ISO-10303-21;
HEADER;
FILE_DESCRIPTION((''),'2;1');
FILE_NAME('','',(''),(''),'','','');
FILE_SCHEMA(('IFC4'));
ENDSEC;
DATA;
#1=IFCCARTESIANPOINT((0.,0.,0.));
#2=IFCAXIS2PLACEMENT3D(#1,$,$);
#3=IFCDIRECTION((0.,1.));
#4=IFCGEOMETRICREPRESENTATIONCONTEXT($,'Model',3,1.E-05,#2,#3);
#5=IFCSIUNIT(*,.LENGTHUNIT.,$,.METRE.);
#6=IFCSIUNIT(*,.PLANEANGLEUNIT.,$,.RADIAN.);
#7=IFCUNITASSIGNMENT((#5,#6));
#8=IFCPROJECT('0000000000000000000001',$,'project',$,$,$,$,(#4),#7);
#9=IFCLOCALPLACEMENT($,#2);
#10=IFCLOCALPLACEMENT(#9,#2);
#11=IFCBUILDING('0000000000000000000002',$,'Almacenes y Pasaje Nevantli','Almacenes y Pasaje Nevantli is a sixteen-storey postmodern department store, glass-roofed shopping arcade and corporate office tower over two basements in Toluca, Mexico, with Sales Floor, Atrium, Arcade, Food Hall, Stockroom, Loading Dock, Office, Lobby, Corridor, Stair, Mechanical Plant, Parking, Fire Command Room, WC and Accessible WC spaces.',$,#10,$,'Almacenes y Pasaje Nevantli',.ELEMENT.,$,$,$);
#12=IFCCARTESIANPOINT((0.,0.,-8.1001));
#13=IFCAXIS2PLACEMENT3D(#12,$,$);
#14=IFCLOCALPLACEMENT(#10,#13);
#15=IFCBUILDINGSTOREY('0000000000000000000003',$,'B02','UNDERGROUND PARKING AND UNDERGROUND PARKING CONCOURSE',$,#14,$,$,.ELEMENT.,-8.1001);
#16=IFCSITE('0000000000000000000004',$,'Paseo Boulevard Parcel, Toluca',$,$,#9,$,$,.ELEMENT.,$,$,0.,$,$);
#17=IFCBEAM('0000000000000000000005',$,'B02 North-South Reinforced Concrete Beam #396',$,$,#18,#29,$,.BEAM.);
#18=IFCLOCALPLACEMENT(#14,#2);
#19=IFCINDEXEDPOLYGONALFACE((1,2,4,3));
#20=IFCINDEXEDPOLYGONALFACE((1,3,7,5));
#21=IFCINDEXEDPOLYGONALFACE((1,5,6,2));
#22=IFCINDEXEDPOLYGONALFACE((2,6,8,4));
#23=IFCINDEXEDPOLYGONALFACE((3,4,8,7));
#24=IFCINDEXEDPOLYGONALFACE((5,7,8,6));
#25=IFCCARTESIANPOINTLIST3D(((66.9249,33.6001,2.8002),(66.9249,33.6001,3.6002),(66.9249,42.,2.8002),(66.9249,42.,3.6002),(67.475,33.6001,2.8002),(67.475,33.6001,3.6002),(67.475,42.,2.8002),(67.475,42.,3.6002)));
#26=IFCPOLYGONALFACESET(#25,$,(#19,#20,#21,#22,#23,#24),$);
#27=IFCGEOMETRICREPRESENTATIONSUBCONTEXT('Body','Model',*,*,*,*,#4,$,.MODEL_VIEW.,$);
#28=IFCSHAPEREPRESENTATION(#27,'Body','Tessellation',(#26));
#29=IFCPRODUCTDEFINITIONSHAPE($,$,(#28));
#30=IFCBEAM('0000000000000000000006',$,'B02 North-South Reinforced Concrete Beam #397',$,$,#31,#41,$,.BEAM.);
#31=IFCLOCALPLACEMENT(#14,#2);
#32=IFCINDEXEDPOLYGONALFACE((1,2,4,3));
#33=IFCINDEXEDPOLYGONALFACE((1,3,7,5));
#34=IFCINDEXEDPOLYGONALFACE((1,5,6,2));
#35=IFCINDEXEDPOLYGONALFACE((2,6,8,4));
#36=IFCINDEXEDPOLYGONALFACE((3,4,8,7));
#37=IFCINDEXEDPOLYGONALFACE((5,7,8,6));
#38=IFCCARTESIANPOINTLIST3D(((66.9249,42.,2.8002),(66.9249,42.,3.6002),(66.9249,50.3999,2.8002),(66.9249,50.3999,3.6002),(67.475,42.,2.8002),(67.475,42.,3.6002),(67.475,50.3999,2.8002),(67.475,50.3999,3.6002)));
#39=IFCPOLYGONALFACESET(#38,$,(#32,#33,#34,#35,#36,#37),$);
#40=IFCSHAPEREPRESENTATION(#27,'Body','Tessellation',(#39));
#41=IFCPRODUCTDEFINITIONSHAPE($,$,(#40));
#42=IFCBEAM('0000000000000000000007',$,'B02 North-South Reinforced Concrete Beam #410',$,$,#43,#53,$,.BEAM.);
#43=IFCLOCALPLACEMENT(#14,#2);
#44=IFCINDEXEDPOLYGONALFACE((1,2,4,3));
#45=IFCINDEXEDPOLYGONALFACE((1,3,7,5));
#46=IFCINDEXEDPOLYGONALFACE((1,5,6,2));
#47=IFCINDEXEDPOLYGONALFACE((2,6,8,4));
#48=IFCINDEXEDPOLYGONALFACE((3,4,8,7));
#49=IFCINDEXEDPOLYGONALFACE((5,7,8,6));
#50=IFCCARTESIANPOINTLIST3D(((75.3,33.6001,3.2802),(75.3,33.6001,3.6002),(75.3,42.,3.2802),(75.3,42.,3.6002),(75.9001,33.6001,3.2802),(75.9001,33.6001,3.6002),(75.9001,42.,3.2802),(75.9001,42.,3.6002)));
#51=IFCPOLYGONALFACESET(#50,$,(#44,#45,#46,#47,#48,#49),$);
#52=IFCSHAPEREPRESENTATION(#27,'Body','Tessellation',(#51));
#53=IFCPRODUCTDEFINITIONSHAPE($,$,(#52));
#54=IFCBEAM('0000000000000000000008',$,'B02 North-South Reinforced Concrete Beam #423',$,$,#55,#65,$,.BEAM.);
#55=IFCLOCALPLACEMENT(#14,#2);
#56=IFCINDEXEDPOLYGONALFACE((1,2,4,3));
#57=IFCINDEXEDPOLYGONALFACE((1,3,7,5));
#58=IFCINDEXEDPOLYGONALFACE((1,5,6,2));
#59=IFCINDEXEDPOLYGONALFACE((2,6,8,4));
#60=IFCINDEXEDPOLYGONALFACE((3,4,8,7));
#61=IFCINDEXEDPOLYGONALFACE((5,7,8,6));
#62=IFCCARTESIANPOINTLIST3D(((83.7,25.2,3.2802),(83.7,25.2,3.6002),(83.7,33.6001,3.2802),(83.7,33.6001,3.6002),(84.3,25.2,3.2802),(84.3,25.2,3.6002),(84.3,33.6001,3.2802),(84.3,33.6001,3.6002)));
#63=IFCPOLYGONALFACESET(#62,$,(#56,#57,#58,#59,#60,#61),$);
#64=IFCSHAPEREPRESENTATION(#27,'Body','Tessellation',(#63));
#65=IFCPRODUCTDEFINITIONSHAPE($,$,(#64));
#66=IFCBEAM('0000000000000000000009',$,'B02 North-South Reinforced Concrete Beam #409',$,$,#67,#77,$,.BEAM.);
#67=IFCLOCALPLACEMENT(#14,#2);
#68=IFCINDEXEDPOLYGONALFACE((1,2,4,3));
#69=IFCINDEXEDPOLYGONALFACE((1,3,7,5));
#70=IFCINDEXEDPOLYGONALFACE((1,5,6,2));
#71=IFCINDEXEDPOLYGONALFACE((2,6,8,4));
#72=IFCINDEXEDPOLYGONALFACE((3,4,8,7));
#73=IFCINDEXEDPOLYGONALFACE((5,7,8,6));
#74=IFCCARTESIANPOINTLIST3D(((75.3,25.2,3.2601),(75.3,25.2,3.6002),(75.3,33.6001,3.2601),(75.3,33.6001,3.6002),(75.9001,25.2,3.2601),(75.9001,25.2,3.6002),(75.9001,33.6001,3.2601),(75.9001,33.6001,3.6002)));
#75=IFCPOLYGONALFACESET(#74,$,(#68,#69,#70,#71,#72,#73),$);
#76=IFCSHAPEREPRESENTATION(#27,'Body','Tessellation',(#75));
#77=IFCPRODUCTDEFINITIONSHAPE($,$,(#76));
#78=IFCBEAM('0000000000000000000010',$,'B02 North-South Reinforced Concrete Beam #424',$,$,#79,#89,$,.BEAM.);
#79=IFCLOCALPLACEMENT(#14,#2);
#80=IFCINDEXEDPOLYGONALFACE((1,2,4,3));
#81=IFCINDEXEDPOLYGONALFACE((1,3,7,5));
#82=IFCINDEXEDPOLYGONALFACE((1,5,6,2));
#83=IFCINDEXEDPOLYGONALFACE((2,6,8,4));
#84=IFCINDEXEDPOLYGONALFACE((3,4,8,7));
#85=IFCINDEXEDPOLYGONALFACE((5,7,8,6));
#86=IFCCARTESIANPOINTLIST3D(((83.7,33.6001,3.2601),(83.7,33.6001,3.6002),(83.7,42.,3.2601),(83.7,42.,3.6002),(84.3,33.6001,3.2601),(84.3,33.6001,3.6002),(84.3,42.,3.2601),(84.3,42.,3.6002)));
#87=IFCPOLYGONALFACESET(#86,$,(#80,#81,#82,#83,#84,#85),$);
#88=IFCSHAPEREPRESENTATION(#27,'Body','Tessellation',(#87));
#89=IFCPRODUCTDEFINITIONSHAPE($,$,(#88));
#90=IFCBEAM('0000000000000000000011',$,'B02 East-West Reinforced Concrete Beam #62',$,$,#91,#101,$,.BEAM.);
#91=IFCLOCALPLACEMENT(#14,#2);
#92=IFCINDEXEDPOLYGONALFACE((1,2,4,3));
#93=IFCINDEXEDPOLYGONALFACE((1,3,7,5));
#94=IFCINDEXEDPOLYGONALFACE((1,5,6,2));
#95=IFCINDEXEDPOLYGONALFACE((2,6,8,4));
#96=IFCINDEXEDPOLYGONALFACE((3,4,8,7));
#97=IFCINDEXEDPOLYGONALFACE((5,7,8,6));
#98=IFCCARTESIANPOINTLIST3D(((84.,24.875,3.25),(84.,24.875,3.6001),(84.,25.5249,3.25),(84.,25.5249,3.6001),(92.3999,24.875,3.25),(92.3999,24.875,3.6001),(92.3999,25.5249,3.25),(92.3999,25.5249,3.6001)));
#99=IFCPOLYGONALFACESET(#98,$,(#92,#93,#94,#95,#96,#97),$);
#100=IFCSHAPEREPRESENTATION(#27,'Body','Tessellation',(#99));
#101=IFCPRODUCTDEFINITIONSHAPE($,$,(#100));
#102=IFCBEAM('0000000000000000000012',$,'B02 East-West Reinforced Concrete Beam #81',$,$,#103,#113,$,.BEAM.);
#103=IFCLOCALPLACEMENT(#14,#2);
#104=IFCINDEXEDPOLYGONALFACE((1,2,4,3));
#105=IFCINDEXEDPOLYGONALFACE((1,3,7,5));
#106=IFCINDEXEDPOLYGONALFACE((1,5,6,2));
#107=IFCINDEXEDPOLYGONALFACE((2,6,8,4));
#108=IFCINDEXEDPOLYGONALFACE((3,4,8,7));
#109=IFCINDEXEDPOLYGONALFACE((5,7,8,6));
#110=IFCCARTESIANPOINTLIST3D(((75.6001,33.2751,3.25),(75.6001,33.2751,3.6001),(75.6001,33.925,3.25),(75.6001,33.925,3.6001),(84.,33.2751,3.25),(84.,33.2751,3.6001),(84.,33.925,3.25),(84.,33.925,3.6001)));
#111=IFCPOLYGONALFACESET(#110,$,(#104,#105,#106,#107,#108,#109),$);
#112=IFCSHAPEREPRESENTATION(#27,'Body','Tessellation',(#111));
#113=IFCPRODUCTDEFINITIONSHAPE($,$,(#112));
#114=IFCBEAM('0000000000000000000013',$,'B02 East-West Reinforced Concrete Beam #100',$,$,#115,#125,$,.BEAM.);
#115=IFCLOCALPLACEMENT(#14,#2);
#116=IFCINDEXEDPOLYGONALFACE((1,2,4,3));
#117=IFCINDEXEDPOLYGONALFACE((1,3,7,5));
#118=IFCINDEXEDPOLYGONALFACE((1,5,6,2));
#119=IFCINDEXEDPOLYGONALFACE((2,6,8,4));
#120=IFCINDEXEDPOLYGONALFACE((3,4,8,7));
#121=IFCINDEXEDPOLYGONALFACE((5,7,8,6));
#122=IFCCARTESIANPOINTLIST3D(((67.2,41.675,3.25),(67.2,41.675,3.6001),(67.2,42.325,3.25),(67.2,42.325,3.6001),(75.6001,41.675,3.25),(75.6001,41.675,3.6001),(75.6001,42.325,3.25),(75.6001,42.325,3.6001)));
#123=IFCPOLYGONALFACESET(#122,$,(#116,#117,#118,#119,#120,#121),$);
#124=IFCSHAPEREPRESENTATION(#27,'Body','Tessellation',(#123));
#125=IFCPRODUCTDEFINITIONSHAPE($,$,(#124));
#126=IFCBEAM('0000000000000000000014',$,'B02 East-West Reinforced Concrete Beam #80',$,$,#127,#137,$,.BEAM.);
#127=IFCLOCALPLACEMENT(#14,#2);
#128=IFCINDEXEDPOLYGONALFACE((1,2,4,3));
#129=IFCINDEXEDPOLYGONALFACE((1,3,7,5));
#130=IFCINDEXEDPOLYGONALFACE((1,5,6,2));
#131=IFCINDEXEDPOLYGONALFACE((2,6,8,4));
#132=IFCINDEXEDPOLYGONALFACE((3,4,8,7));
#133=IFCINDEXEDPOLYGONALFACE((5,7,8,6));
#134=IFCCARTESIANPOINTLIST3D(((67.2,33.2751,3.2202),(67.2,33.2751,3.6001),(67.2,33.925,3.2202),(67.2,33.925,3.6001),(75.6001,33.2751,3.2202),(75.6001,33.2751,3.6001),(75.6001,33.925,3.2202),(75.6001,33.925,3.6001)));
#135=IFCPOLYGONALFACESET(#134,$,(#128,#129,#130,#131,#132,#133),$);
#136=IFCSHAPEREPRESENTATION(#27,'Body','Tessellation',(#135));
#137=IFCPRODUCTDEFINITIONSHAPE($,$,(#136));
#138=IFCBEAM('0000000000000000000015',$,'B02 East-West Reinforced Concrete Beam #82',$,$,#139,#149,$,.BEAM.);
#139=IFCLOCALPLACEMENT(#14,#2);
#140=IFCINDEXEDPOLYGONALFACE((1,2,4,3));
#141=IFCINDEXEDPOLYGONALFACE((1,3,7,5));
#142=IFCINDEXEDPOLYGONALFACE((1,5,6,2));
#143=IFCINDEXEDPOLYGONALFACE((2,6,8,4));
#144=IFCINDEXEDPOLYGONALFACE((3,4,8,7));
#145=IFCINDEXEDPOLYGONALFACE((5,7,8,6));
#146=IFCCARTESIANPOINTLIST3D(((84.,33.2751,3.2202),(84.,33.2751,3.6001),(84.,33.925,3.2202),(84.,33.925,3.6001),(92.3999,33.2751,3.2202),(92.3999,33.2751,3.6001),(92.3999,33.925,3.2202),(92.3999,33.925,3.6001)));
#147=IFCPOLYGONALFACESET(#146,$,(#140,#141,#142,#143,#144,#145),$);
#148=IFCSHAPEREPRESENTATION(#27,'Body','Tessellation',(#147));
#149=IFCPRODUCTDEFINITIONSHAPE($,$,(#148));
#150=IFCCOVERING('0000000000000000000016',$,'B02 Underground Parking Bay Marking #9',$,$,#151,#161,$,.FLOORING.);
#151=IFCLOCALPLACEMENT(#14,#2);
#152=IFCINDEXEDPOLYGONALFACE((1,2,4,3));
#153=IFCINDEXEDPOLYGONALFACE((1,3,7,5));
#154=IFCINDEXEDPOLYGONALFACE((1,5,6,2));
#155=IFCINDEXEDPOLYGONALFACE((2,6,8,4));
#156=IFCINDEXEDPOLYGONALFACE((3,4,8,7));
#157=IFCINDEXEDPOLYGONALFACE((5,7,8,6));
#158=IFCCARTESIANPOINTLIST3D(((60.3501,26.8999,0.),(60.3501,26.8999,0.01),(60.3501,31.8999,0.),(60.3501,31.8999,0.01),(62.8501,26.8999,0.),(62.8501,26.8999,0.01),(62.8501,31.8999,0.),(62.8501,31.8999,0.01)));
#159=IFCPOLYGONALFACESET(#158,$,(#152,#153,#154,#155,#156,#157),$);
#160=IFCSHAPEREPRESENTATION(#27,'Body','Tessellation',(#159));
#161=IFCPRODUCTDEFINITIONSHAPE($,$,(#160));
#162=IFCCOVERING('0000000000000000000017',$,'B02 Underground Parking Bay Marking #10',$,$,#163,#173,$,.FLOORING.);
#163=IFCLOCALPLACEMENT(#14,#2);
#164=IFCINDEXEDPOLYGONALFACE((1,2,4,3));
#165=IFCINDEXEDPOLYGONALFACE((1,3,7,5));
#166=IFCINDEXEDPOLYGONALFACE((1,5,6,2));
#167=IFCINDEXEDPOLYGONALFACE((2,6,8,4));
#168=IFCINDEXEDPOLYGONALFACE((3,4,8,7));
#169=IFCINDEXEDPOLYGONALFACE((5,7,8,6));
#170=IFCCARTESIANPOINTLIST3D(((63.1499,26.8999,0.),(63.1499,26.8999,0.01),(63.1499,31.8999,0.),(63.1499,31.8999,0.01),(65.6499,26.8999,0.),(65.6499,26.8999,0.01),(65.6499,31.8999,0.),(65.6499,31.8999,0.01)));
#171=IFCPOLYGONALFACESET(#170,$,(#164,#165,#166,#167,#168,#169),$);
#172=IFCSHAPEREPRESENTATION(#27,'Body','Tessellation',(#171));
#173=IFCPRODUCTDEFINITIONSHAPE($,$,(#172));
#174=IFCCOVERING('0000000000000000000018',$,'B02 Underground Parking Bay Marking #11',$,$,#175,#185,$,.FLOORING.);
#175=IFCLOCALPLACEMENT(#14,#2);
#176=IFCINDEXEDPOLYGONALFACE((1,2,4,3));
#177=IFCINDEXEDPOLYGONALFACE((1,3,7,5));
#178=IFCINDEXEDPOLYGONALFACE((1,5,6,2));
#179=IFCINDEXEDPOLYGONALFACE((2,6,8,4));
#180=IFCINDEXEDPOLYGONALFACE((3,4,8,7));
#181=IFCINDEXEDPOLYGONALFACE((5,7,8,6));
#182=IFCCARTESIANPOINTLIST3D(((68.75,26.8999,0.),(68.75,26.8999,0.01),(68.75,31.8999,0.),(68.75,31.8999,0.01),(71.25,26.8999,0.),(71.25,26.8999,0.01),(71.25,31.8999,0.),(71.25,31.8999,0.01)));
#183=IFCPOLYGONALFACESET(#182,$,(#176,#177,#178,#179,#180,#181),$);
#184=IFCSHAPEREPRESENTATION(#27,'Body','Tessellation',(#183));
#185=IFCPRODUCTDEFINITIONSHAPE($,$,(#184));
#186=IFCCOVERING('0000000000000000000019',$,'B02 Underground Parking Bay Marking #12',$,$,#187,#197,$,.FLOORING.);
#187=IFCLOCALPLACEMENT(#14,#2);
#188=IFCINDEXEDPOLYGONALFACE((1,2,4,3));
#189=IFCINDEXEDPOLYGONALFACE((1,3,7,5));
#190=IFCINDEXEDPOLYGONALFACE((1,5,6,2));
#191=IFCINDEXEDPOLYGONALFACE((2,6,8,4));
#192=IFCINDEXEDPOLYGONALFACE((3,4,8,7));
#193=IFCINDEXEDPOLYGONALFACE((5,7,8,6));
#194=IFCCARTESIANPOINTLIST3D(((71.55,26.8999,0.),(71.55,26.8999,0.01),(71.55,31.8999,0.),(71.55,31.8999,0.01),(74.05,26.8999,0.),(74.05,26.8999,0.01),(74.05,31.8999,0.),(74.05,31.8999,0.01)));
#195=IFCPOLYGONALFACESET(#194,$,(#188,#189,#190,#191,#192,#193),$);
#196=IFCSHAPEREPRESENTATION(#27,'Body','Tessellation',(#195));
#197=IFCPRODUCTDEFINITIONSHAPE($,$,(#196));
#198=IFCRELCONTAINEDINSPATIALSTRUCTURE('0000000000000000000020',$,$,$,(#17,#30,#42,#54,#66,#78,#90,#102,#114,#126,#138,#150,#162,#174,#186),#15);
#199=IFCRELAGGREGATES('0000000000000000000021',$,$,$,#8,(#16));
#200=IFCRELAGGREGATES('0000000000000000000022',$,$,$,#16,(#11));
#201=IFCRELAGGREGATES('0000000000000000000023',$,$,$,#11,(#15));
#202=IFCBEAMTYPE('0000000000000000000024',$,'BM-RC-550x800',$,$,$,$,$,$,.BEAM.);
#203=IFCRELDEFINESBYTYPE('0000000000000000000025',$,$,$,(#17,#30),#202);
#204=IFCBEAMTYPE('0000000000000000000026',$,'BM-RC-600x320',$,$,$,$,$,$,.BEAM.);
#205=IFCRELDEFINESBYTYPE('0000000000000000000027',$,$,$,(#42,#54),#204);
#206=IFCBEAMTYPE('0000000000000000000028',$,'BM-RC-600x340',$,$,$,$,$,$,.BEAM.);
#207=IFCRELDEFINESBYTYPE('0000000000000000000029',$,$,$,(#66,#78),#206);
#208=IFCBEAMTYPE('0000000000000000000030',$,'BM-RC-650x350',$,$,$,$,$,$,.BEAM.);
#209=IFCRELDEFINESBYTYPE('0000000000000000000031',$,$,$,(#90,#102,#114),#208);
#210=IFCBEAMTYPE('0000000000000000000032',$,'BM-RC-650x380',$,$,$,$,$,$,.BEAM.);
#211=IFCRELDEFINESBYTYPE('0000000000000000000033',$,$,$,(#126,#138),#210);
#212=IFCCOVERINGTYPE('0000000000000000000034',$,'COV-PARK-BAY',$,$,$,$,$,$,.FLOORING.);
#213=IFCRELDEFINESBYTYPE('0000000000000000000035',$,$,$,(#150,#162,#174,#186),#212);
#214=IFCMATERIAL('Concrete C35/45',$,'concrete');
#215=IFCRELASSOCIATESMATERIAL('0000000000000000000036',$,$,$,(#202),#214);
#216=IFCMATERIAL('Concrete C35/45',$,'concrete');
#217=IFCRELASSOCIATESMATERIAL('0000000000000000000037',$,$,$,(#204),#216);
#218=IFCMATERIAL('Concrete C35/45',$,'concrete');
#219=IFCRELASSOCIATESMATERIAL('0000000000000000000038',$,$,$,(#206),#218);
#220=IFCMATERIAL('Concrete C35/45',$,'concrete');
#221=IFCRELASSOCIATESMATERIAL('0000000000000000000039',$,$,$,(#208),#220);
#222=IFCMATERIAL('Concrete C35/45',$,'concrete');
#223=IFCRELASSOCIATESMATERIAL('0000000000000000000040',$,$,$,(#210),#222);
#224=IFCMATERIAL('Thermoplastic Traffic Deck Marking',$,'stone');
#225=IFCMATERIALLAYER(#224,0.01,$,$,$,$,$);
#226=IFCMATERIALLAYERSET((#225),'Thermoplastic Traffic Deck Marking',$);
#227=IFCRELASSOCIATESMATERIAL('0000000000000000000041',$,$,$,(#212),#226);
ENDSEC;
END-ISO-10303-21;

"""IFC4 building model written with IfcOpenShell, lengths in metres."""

from ifc_helpers import new_model, si_unit, direction, frame, origin, origin_2d, place, context, subcontext, project, spatial, rectangle, extrude, material, layer, layer_set, material_profile, profile_set, type_object, element, save


model = new_model("IFC4")

# Units and contexts
model_context = context("Model", 3, precision=1e-05, world=origin(), true_north=direction((0.0, 1.0)))
body_context = subcontext(model_context, "Body", "Model", "MODEL_VIEW")
ifc_project = project(units=[si_unit("LENGTHUNIT", "METRE"), si_unit("PLANEANGLEUNIT", "RADIAN")], contexts=[model_context])

# Site, building, storey
site_placement = place(None, origin())
site = spatial("IfcSite", under=ifc_project, at=site_placement, Name="Paseo Boulevard Parcel, Toluca", CompositionType="ELEMENT", RefElevation=0.0)
building_placement = place(site_placement, origin())
building = spatial("IfcBuilding", under=site, at=building_placement, Name="Almacenes y Pasaje Nevantli", Description="Almacenes y Pasaje Nevantli is a sixteen-storey postmodern department store, glass-roofed shopping arcade and corporate office tower over two basements in Toluca, Mexico, with Sales Floor, Atrium, Arcade, Food Hall, Stockroom, Loading Dock, Office, Lobby, Corridor, Stair, Mechanical Plant, Parking, Fire Command Room, WC and Accessible WC spaces.", LongName="Almacenes y Pasaje Nevantli", CompositionType="ELEMENT")
storey_placement = place(building_placement, frame((0.0, 0.0, -8.1001)))
storey = spatial("IfcBuildingStorey", under=building, at=storey_placement, Name="B02", Description="UNDERGROUND PARKING AND UNDERGROUND PARKING CONCOURSE", CompositionType="ELEMENT", Elevation=-8.1001)

# Beams
ifc_material_1 = material(Name="Concrete C35/45", Category="concrete")
ifc_material_profile_1 = material_profile(ifc_material_1, rectangle(XDim=0.55, YDim=0.8, at=origin_2d()), Name="RC-BM-550x800")
ifc_profile_set_1 = profile_set([ifc_material_profile_1], Name="Concrete C35/45")
beam_type_1 = type_object("IfcBeamType", Name="BM-RC-550x800", PredefinedType="BEAM", material=ifc_profile_set_1)
for number, where, z_axis, x_axis, name in (
    (1, (67.2, 33.6001, 3.2002), (0.0, 1.0, 0.0), (-1.0, 0.0, 0.0), "B02 North-South Reinforced Concrete Beam #396"),
    (2, (67.2, 42.0, 3.2002), (0.0, 1.0, 0.0), (-1.0, 0.0, 0.0), "B02 North-South Reinforced Concrete Beam #397"),
):
    element("IfcBeam", number, at=place(storey_placement, frame(where, z_axis=z_axis, x_axis=x_axis)), inside=storey, type_object=beam_type_1, Name=name, PredefinedType="BEAM", context=body_context, shape_type="SweptSolid", body=[
        extrude(rectangle(XDim=0.55, YDim=0.8, at=origin_2d()), origin(), (0.0, 0.0, 1.0), 8.3999),
    ])
ifc_material_2 = material(Name="Concrete C35/45", Category="concrete")
ifc_material_profile_2 = material_profile(ifc_material_2, rectangle(XDim=0.6001, YDim=0.3201, at=origin_2d()), Name="RC-BM-600x320")
ifc_profile_set_2 = profile_set([ifc_material_profile_2], Name="Concrete C35/45")
beam_type_2 = type_object("IfcBeamType", Name="BM-RC-600x320", PredefinedType="BEAM", material=ifc_profile_set_2)
beam_1_placement = place(storey_placement, frame((75.6001, 33.6001, 3.4402), z_axis=(0.0, 1.0, 0.0), x_axis=(-1.0, 0.0, 0.0)))
element("IfcBeam", 3, at=beam_1_placement, inside=storey, type_object=beam_type_2, Name="B02 North-South Reinforced Concrete Beam #410", PredefinedType="BEAM", context=body_context, shape_type="SweptSolid", body=[
    extrude(rectangle(XDim=0.6001, YDim=0.3201, at=origin_2d()), origin(), (0.0, 0.0, 1.0), 8.3999),
])
beam_2_placement = place(storey_placement, frame((84.0, 25.2, 3.4402), z_axis=(0.0, 1.0, 0.0), x_axis=(-1.0, 0.0, 0.0)))
element("IfcBeam", 4, at=beam_2_placement, inside=storey, type_object=beam_type_2, Name="B02 North-South Reinforced Concrete Beam #423", PredefinedType="BEAM", context=body_context, shape_type="SweptSolid", body=[
    extrude(rectangle(XDim=0.6001, YDim=0.3201, at=origin_2d()), origin(), (0.0, 0.0, 1.0), 8.4001),
])
ifc_material_3 = material(Name="Concrete C35/45", Category="concrete")
ifc_material_profile_3 = material_profile(ifc_material_3, rectangle(XDim=0.6001, YDim=0.3401, at=origin_2d()), Name="RC-BM-600x340")
ifc_profile_set_3 = profile_set([ifc_material_profile_3], Name="Concrete C35/45")
beam_type_3 = type_object("IfcBeamType", Name="BM-RC-600x340", PredefinedType="BEAM", material=ifc_profile_set_3)
beam_3_placement = place(storey_placement, frame((75.6001, 25.2, 3.4302), z_axis=(0.0, 1.0, 0.0), x_axis=(-1.0, 0.0, 0.0)))
element("IfcBeam", 5, at=beam_3_placement, inside=storey, type_object=beam_type_3, Name="B02 North-South Reinforced Concrete Beam #409", PredefinedType="BEAM", context=body_context, shape_type="SweptSolid", body=[
    extrude(rectangle(XDim=0.6001, YDim=0.3401, at=origin_2d()), origin(), (0.0, 0.0, 1.0), 8.4001),
])
beam_4_placement = place(storey_placement, frame((84.0, 33.6001, 3.4302), z_axis=(0.0, 1.0, 0.0), x_axis=(-1.0, 0.0, 0.0)))
element("IfcBeam", 6, at=beam_4_placement, inside=storey, type_object=beam_type_3, Name="B02 North-South Reinforced Concrete Beam #424", PredefinedType="BEAM", context=body_context, shape_type="SweptSolid", body=[
    extrude(rectangle(XDim=0.6001, YDim=0.3401, at=origin_2d()), origin(), (0.0, 0.0, 1.0), 8.3999),
])
ifc_material_4 = material(Name="Concrete C35/45", Category="concrete")
ifc_material_profile_4 = material_profile(ifc_material_4, rectangle(XDim=0.6499, YDim=0.3501, at=origin_2d()), Name="RC-BM-650x350")
ifc_profile_set_4 = profile_set([ifc_material_profile_4], Name="Concrete C35/45")
beam_type_4 = type_object("IfcBeamType", Name="BM-RC-650x350", PredefinedType="BEAM", material=ifc_profile_set_4)
for number, where, z_axis, x_axis, name in (
    (7, (84.0, 25.2, 3.425), (1.0, 0.0, 0.0), (0.0, 1.0, 0.0), "B02 East-West Reinforced Concrete Beam #62"),
    (8, (75.6001, 33.6001, 3.425), (1.0, 0.0, 0.0), (0.0, 1.0, 0.0), "B02 East-West Reinforced Concrete Beam #81"),
):
    element("IfcBeam", number, at=place(storey_placement, frame(where, z_axis=z_axis, x_axis=x_axis)), inside=storey, type_object=beam_type_4, Name=name, PredefinedType="BEAM", context=body_context, shape_type="SweptSolid", body=[
        extrude(rectangle(XDim=0.6499, YDim=0.3501, at=origin_2d()), origin(), (0.0, 0.0, 1.0), 8.3999),
    ])
beam_5_placement = place(storey_placement, frame((67.2, 42.0, 3.425), z_axis=(1.0, 0.0, 0.0), x_axis=(0.0, 1.0, 0.0)))
element("IfcBeam", 9, at=beam_5_placement, inside=storey, type_object=beam_type_4, Name="B02 East-West Reinforced Concrete Beam #100", PredefinedType="BEAM", context=body_context, shape_type="SweptSolid", body=[
    extrude(rectangle(XDim=0.6499, YDim=0.3501, at=origin_2d()), origin(), (0.0, 0.0, 1.0), 8.4001),
])
ifc_material_5 = material(Name="Concrete C35/45", Category="concrete")
ifc_material_profile_5 = material_profile(ifc_material_5, rectangle(XDim=0.6499, YDim=0.3799, at=origin_2d()), Name="RC-BM-650x380")
ifc_profile_set_5 = profile_set([ifc_material_profile_5], Name="Concrete C35/45")
beam_type_5 = type_object("IfcBeamType", Name="BM-RC-650x380", PredefinedType="BEAM", material=ifc_profile_set_5)
beam_6_placement = place(storey_placement, frame((67.2, 33.6001, 3.4102), z_axis=(1.0, 0.0, 0.0), x_axis=(0.0, 1.0, 0.0)))
element("IfcBeam", 10, at=beam_6_placement, inside=storey, type_object=beam_type_5, Name="B02 East-West Reinforced Concrete Beam #80", PredefinedType="BEAM", context=body_context, shape_type="SweptSolid", body=[
    extrude(rectangle(XDim=0.6499, YDim=0.3799, at=origin_2d()), origin(), (0.0, 0.0, 1.0), 8.4001),
])
beam_7_placement = place(storey_placement, frame((84.0, 33.6001, 3.4102), z_axis=(1.0, 0.0, 0.0), x_axis=(0.0, 1.0, 0.0)))
element("IfcBeam", 11, at=beam_7_placement, inside=storey, type_object=beam_type_5, Name="B02 East-West Reinforced Concrete Beam #82", PredefinedType="BEAM", context=body_context, shape_type="SweptSolid", body=[
    extrude(rectangle(XDim=0.6499, YDim=0.3799, at=origin_2d()), origin(), (0.0, 0.0, 1.0), 8.3999),
])

# Coverings
ifc_material_6 = material(Name="Thermoplastic Traffic Deck Marking", Category="stone")
ifc_layer_1 = layer(ifc_material_6, 0.01)
ifc_layer_set_1 = layer_set([ifc_layer_1], Name="Thermoplastic Traffic Deck Marking")
covering_type = type_object("IfcCoveringType", Name="COV-PARK-BAY", PredefinedType="FLOORING", material=ifc_layer_set_1)
for number, where, z_axis, x_axis, name in (
    (12, (61.6001, 29.3999, 0.0), (0.0, 0.0, 1.0), (1.0, 0.0, 0.0), "B02 Underground Parking Bay Marking #9"),
    (13, (64.3999, 29.3999, 0.0), (0.0, 0.0, 1.0), (1.0, 0.0, 0.0), "B02 Underground Parking Bay Marking #10"),
    (14, (70.0, 29.3999, 0.0), (0.0, 0.0, 1.0), (1.0, 0.0, 0.0), "B02 Underground Parking Bay Marking #11"),
    (15, (72.8, 29.3999, 0.0), (0.0, 0.0, 1.0), (1.0, 0.0, 0.0), "B02 Underground Parking Bay Marking #12"),
):
    element("IfcCovering", number, at=place(storey_placement, frame(where, z_axis=z_axis, x_axis=x_axis)), inside=storey, type_object=covering_type, Name=name, PredefinedType="FLOORING", context=body_context, shape_type="SweptSolid", body=[
        extrude(rectangle(XDim=2.5, YDim=5.0, at=origin_2d()), origin(), (0.0, 0.0, 1.0), 0.01),
    ])

save(model, "model.ifc")
